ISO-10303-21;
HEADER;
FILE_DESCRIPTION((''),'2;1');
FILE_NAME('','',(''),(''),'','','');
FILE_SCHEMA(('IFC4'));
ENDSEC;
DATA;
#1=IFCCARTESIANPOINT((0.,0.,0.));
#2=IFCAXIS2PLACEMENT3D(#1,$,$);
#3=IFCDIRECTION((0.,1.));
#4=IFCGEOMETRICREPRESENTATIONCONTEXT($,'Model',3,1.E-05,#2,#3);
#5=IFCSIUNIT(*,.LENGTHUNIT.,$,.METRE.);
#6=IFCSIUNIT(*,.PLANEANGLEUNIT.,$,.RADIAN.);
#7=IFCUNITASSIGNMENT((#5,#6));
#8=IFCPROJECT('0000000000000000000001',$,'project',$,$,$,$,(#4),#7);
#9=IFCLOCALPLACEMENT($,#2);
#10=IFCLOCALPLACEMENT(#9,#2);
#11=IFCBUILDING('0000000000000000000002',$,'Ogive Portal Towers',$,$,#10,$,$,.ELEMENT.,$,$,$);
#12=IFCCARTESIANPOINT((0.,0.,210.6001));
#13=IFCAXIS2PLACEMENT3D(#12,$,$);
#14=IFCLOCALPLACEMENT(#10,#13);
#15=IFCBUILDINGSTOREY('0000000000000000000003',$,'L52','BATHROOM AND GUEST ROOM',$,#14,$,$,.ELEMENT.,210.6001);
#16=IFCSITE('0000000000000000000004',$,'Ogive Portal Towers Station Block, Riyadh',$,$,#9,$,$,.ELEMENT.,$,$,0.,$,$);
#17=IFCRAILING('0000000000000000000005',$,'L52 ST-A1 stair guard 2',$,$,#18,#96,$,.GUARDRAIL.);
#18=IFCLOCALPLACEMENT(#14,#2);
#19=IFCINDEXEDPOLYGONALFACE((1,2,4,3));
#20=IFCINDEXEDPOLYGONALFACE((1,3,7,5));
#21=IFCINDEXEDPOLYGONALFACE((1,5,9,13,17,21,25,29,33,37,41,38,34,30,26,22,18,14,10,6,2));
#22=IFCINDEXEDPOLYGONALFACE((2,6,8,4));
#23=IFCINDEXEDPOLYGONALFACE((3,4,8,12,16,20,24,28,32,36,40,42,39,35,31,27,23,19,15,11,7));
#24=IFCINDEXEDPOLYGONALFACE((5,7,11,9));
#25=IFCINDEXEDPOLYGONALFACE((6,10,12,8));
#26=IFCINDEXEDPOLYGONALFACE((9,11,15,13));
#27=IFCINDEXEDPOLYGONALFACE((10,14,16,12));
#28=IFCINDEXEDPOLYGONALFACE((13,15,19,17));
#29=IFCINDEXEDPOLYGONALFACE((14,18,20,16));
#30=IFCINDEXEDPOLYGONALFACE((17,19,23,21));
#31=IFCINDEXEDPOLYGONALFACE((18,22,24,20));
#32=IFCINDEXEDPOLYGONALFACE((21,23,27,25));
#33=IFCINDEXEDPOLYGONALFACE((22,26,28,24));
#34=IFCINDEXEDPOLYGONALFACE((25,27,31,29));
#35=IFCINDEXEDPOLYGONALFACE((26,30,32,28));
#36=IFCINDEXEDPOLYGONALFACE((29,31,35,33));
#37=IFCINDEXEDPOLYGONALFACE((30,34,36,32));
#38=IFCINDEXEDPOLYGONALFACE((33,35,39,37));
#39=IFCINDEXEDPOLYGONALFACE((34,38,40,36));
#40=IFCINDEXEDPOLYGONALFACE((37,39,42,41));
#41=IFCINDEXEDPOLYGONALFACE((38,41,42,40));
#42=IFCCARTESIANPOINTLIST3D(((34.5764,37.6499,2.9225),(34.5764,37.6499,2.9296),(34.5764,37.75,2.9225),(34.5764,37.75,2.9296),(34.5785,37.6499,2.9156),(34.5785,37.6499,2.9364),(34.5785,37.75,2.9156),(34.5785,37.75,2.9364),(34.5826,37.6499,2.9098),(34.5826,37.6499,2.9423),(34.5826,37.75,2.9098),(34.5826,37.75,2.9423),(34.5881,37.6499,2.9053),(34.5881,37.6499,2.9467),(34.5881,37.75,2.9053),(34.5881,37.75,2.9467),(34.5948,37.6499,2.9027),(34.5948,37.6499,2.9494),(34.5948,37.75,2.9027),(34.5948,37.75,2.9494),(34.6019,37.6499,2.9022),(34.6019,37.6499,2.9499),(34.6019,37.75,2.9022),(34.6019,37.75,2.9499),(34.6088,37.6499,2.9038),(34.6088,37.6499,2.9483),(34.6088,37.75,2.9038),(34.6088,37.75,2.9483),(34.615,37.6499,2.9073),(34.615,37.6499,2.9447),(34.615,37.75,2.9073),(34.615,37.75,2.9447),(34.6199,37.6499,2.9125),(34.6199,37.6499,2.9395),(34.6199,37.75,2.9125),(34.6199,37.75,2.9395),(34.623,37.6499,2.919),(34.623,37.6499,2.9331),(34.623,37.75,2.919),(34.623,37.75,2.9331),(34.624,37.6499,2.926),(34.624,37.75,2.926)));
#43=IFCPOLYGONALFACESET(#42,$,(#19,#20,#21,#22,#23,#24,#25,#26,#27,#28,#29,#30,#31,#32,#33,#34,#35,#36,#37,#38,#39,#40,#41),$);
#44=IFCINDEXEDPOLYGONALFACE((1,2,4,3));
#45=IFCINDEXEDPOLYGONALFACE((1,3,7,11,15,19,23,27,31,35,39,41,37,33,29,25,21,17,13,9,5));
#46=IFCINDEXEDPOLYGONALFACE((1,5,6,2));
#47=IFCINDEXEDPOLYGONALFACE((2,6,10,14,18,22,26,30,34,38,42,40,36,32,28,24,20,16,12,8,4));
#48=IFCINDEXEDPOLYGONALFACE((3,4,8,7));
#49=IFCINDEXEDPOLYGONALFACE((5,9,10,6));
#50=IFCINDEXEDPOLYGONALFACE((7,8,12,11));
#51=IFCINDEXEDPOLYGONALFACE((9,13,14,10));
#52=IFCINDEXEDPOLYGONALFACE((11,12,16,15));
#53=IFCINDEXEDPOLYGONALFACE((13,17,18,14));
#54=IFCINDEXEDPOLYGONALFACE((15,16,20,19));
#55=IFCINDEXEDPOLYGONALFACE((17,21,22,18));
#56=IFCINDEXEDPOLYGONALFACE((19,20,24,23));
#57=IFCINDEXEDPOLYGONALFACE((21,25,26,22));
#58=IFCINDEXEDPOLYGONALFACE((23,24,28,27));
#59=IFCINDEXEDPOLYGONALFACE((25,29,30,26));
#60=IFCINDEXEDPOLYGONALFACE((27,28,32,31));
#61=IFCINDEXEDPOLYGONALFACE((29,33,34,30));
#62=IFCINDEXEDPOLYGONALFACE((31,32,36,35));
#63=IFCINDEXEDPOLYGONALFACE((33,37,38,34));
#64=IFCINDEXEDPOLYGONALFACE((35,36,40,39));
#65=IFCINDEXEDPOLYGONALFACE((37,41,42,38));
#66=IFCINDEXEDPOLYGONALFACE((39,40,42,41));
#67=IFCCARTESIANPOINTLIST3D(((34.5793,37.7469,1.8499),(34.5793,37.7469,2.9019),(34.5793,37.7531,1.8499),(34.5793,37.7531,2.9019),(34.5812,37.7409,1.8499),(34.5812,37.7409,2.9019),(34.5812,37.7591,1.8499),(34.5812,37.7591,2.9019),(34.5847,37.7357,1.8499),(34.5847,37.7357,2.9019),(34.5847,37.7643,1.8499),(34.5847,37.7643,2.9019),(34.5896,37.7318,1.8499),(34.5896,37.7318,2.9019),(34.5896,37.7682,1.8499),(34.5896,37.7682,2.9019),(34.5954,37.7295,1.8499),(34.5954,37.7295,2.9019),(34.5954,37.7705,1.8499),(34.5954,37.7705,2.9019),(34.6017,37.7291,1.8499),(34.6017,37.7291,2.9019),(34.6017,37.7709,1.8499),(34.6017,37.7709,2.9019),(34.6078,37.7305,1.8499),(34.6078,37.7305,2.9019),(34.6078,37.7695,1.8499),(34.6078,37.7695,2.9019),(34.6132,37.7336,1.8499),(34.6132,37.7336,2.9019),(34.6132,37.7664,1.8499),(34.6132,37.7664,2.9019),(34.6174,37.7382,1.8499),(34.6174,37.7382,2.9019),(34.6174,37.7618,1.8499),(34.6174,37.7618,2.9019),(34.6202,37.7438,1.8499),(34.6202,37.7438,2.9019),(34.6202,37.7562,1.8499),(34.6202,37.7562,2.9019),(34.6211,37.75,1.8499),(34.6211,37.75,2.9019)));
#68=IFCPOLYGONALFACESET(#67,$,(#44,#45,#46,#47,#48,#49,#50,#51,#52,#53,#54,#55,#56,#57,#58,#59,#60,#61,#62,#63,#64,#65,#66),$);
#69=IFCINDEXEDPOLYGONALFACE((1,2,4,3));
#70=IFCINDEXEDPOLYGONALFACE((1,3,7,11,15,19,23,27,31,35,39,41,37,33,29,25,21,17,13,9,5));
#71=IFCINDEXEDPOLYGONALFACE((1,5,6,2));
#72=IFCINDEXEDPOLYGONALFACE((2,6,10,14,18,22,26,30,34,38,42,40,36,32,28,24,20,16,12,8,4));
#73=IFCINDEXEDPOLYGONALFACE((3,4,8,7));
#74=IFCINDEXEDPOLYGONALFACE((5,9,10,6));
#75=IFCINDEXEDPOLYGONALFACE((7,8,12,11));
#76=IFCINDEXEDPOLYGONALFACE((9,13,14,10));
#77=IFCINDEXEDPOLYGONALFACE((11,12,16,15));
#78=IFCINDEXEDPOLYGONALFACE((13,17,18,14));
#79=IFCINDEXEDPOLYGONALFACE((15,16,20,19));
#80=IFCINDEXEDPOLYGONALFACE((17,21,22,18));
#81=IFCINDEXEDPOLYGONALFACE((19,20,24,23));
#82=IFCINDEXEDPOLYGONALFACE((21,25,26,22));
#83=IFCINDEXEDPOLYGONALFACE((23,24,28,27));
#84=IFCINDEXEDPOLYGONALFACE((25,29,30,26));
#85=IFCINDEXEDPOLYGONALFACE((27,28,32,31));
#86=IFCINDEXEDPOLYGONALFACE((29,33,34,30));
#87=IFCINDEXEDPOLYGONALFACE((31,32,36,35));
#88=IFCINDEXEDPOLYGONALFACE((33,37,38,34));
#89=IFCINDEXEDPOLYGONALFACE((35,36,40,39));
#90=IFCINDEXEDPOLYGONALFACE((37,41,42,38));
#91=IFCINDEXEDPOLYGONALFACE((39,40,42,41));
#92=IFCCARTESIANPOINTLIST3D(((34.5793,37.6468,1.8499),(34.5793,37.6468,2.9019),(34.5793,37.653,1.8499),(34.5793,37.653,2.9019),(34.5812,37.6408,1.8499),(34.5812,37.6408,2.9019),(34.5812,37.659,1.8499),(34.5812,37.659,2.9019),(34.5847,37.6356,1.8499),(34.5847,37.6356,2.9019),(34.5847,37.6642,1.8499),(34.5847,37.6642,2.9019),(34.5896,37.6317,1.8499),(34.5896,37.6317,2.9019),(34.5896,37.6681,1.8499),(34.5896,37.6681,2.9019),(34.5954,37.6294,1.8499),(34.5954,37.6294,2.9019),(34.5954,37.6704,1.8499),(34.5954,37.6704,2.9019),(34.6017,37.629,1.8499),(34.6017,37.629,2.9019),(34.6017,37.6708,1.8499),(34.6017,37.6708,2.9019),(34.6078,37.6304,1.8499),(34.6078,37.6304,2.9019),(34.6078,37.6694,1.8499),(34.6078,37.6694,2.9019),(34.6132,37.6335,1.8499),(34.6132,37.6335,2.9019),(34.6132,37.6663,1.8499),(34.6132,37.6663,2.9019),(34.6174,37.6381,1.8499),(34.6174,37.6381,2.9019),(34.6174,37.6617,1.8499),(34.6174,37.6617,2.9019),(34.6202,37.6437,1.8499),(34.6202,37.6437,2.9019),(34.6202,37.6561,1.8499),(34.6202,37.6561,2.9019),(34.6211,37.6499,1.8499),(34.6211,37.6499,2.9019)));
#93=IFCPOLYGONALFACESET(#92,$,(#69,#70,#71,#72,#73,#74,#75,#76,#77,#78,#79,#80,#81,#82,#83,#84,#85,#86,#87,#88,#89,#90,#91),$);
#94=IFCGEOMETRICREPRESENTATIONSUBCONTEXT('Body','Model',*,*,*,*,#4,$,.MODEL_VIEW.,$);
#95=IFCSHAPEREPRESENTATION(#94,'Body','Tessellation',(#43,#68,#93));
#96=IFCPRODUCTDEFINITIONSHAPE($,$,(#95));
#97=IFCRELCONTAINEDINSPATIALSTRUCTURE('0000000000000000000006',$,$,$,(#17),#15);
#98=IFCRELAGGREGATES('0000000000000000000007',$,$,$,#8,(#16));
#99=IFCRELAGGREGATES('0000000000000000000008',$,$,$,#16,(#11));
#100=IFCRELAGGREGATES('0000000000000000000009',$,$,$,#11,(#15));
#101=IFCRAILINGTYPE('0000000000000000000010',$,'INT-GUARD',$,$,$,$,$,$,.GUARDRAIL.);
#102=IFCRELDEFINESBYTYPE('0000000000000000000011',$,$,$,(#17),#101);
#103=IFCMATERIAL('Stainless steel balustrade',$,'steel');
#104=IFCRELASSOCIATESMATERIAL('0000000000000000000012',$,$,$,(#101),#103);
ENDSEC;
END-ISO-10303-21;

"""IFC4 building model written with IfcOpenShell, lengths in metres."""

from ifc_helpers import new_model, si_unit, direction, frame, origin, origin_2d, place, context, subcontext, project, spatial, circle, extrude, material, type_object, element, save


model = new_model("IFC4")

# Units and contexts
model_context = context("Model", 3, precision=1e-05, world=origin(), true_north=direction((0.0, 1.0)))
body_context = subcontext(model_context, "Body", "Model", "MODEL_VIEW")
ifc_project = project(units=[si_unit("LENGTHUNIT", "METRE"), si_unit("PLANEANGLEUNIT", "RADIAN")], contexts=[model_context])

# Site, building, storey
site_placement = place(None, origin())
site = spatial("IfcSite", under=ifc_project, at=site_placement, Name="Ogive Portal Towers Station Block, Riyadh", CompositionType="ELEMENT", RefElevation=0.0)
building_placement = place(site_placement, origin())
building = spatial("IfcBuilding", under=site, at=building_placement, Name="Ogive Portal Towers", CompositionType="ELEMENT")
storey_placement = place(building_placement, frame((0.0, 0.0, 210.6001)))
storey = spatial("IfcBuildingStorey", under=building, at=storey_placement, Name="L52", Description="BATHROOM AND GUEST ROOM", CompositionType="ELEMENT", Elevation=210.6001)

# Railing
ifc_material_1 = material(Name="Stainless steel balustrade", Category="steel")
railing_type_1 = type_object("IfcRailingType", Name="INT-GUARD", PredefinedType="GUARDRAIL", material=ifc_material_1)
railing_1_placement = place(storey_placement, frame((34.6001, 37.75, 1.8499)))
element("IfcRailing", 1, at=railing_1_placement, inside=storey, type_object=railing_type_1, Name="L52 ST-A1 stair guard 2", PredefinedType="GUARDRAIL", context=body_context, shape_type="SweptSolid", body=[
    extrude(circle(Radius=0.0239, at=origin_2d()), frame((0.0, 0.0, 1.0762), z_axis=(0.0, -1.0, 0.0), x_axis=(1.0, 0.0, 0.0)), (0.0, 0.0, 1.0), 0.1001),
    extrude(circle(Radius=0.021, at=origin_2d()), origin(), (0.0, 0.0, 1.0), 1.052),
    extrude(circle(Radius=0.021, at=origin_2d()), frame((0.0, -0.1001, 0.0)), (0.0, 0.0, 1.0), 1.052),
])

save(model, "model.ifc")
